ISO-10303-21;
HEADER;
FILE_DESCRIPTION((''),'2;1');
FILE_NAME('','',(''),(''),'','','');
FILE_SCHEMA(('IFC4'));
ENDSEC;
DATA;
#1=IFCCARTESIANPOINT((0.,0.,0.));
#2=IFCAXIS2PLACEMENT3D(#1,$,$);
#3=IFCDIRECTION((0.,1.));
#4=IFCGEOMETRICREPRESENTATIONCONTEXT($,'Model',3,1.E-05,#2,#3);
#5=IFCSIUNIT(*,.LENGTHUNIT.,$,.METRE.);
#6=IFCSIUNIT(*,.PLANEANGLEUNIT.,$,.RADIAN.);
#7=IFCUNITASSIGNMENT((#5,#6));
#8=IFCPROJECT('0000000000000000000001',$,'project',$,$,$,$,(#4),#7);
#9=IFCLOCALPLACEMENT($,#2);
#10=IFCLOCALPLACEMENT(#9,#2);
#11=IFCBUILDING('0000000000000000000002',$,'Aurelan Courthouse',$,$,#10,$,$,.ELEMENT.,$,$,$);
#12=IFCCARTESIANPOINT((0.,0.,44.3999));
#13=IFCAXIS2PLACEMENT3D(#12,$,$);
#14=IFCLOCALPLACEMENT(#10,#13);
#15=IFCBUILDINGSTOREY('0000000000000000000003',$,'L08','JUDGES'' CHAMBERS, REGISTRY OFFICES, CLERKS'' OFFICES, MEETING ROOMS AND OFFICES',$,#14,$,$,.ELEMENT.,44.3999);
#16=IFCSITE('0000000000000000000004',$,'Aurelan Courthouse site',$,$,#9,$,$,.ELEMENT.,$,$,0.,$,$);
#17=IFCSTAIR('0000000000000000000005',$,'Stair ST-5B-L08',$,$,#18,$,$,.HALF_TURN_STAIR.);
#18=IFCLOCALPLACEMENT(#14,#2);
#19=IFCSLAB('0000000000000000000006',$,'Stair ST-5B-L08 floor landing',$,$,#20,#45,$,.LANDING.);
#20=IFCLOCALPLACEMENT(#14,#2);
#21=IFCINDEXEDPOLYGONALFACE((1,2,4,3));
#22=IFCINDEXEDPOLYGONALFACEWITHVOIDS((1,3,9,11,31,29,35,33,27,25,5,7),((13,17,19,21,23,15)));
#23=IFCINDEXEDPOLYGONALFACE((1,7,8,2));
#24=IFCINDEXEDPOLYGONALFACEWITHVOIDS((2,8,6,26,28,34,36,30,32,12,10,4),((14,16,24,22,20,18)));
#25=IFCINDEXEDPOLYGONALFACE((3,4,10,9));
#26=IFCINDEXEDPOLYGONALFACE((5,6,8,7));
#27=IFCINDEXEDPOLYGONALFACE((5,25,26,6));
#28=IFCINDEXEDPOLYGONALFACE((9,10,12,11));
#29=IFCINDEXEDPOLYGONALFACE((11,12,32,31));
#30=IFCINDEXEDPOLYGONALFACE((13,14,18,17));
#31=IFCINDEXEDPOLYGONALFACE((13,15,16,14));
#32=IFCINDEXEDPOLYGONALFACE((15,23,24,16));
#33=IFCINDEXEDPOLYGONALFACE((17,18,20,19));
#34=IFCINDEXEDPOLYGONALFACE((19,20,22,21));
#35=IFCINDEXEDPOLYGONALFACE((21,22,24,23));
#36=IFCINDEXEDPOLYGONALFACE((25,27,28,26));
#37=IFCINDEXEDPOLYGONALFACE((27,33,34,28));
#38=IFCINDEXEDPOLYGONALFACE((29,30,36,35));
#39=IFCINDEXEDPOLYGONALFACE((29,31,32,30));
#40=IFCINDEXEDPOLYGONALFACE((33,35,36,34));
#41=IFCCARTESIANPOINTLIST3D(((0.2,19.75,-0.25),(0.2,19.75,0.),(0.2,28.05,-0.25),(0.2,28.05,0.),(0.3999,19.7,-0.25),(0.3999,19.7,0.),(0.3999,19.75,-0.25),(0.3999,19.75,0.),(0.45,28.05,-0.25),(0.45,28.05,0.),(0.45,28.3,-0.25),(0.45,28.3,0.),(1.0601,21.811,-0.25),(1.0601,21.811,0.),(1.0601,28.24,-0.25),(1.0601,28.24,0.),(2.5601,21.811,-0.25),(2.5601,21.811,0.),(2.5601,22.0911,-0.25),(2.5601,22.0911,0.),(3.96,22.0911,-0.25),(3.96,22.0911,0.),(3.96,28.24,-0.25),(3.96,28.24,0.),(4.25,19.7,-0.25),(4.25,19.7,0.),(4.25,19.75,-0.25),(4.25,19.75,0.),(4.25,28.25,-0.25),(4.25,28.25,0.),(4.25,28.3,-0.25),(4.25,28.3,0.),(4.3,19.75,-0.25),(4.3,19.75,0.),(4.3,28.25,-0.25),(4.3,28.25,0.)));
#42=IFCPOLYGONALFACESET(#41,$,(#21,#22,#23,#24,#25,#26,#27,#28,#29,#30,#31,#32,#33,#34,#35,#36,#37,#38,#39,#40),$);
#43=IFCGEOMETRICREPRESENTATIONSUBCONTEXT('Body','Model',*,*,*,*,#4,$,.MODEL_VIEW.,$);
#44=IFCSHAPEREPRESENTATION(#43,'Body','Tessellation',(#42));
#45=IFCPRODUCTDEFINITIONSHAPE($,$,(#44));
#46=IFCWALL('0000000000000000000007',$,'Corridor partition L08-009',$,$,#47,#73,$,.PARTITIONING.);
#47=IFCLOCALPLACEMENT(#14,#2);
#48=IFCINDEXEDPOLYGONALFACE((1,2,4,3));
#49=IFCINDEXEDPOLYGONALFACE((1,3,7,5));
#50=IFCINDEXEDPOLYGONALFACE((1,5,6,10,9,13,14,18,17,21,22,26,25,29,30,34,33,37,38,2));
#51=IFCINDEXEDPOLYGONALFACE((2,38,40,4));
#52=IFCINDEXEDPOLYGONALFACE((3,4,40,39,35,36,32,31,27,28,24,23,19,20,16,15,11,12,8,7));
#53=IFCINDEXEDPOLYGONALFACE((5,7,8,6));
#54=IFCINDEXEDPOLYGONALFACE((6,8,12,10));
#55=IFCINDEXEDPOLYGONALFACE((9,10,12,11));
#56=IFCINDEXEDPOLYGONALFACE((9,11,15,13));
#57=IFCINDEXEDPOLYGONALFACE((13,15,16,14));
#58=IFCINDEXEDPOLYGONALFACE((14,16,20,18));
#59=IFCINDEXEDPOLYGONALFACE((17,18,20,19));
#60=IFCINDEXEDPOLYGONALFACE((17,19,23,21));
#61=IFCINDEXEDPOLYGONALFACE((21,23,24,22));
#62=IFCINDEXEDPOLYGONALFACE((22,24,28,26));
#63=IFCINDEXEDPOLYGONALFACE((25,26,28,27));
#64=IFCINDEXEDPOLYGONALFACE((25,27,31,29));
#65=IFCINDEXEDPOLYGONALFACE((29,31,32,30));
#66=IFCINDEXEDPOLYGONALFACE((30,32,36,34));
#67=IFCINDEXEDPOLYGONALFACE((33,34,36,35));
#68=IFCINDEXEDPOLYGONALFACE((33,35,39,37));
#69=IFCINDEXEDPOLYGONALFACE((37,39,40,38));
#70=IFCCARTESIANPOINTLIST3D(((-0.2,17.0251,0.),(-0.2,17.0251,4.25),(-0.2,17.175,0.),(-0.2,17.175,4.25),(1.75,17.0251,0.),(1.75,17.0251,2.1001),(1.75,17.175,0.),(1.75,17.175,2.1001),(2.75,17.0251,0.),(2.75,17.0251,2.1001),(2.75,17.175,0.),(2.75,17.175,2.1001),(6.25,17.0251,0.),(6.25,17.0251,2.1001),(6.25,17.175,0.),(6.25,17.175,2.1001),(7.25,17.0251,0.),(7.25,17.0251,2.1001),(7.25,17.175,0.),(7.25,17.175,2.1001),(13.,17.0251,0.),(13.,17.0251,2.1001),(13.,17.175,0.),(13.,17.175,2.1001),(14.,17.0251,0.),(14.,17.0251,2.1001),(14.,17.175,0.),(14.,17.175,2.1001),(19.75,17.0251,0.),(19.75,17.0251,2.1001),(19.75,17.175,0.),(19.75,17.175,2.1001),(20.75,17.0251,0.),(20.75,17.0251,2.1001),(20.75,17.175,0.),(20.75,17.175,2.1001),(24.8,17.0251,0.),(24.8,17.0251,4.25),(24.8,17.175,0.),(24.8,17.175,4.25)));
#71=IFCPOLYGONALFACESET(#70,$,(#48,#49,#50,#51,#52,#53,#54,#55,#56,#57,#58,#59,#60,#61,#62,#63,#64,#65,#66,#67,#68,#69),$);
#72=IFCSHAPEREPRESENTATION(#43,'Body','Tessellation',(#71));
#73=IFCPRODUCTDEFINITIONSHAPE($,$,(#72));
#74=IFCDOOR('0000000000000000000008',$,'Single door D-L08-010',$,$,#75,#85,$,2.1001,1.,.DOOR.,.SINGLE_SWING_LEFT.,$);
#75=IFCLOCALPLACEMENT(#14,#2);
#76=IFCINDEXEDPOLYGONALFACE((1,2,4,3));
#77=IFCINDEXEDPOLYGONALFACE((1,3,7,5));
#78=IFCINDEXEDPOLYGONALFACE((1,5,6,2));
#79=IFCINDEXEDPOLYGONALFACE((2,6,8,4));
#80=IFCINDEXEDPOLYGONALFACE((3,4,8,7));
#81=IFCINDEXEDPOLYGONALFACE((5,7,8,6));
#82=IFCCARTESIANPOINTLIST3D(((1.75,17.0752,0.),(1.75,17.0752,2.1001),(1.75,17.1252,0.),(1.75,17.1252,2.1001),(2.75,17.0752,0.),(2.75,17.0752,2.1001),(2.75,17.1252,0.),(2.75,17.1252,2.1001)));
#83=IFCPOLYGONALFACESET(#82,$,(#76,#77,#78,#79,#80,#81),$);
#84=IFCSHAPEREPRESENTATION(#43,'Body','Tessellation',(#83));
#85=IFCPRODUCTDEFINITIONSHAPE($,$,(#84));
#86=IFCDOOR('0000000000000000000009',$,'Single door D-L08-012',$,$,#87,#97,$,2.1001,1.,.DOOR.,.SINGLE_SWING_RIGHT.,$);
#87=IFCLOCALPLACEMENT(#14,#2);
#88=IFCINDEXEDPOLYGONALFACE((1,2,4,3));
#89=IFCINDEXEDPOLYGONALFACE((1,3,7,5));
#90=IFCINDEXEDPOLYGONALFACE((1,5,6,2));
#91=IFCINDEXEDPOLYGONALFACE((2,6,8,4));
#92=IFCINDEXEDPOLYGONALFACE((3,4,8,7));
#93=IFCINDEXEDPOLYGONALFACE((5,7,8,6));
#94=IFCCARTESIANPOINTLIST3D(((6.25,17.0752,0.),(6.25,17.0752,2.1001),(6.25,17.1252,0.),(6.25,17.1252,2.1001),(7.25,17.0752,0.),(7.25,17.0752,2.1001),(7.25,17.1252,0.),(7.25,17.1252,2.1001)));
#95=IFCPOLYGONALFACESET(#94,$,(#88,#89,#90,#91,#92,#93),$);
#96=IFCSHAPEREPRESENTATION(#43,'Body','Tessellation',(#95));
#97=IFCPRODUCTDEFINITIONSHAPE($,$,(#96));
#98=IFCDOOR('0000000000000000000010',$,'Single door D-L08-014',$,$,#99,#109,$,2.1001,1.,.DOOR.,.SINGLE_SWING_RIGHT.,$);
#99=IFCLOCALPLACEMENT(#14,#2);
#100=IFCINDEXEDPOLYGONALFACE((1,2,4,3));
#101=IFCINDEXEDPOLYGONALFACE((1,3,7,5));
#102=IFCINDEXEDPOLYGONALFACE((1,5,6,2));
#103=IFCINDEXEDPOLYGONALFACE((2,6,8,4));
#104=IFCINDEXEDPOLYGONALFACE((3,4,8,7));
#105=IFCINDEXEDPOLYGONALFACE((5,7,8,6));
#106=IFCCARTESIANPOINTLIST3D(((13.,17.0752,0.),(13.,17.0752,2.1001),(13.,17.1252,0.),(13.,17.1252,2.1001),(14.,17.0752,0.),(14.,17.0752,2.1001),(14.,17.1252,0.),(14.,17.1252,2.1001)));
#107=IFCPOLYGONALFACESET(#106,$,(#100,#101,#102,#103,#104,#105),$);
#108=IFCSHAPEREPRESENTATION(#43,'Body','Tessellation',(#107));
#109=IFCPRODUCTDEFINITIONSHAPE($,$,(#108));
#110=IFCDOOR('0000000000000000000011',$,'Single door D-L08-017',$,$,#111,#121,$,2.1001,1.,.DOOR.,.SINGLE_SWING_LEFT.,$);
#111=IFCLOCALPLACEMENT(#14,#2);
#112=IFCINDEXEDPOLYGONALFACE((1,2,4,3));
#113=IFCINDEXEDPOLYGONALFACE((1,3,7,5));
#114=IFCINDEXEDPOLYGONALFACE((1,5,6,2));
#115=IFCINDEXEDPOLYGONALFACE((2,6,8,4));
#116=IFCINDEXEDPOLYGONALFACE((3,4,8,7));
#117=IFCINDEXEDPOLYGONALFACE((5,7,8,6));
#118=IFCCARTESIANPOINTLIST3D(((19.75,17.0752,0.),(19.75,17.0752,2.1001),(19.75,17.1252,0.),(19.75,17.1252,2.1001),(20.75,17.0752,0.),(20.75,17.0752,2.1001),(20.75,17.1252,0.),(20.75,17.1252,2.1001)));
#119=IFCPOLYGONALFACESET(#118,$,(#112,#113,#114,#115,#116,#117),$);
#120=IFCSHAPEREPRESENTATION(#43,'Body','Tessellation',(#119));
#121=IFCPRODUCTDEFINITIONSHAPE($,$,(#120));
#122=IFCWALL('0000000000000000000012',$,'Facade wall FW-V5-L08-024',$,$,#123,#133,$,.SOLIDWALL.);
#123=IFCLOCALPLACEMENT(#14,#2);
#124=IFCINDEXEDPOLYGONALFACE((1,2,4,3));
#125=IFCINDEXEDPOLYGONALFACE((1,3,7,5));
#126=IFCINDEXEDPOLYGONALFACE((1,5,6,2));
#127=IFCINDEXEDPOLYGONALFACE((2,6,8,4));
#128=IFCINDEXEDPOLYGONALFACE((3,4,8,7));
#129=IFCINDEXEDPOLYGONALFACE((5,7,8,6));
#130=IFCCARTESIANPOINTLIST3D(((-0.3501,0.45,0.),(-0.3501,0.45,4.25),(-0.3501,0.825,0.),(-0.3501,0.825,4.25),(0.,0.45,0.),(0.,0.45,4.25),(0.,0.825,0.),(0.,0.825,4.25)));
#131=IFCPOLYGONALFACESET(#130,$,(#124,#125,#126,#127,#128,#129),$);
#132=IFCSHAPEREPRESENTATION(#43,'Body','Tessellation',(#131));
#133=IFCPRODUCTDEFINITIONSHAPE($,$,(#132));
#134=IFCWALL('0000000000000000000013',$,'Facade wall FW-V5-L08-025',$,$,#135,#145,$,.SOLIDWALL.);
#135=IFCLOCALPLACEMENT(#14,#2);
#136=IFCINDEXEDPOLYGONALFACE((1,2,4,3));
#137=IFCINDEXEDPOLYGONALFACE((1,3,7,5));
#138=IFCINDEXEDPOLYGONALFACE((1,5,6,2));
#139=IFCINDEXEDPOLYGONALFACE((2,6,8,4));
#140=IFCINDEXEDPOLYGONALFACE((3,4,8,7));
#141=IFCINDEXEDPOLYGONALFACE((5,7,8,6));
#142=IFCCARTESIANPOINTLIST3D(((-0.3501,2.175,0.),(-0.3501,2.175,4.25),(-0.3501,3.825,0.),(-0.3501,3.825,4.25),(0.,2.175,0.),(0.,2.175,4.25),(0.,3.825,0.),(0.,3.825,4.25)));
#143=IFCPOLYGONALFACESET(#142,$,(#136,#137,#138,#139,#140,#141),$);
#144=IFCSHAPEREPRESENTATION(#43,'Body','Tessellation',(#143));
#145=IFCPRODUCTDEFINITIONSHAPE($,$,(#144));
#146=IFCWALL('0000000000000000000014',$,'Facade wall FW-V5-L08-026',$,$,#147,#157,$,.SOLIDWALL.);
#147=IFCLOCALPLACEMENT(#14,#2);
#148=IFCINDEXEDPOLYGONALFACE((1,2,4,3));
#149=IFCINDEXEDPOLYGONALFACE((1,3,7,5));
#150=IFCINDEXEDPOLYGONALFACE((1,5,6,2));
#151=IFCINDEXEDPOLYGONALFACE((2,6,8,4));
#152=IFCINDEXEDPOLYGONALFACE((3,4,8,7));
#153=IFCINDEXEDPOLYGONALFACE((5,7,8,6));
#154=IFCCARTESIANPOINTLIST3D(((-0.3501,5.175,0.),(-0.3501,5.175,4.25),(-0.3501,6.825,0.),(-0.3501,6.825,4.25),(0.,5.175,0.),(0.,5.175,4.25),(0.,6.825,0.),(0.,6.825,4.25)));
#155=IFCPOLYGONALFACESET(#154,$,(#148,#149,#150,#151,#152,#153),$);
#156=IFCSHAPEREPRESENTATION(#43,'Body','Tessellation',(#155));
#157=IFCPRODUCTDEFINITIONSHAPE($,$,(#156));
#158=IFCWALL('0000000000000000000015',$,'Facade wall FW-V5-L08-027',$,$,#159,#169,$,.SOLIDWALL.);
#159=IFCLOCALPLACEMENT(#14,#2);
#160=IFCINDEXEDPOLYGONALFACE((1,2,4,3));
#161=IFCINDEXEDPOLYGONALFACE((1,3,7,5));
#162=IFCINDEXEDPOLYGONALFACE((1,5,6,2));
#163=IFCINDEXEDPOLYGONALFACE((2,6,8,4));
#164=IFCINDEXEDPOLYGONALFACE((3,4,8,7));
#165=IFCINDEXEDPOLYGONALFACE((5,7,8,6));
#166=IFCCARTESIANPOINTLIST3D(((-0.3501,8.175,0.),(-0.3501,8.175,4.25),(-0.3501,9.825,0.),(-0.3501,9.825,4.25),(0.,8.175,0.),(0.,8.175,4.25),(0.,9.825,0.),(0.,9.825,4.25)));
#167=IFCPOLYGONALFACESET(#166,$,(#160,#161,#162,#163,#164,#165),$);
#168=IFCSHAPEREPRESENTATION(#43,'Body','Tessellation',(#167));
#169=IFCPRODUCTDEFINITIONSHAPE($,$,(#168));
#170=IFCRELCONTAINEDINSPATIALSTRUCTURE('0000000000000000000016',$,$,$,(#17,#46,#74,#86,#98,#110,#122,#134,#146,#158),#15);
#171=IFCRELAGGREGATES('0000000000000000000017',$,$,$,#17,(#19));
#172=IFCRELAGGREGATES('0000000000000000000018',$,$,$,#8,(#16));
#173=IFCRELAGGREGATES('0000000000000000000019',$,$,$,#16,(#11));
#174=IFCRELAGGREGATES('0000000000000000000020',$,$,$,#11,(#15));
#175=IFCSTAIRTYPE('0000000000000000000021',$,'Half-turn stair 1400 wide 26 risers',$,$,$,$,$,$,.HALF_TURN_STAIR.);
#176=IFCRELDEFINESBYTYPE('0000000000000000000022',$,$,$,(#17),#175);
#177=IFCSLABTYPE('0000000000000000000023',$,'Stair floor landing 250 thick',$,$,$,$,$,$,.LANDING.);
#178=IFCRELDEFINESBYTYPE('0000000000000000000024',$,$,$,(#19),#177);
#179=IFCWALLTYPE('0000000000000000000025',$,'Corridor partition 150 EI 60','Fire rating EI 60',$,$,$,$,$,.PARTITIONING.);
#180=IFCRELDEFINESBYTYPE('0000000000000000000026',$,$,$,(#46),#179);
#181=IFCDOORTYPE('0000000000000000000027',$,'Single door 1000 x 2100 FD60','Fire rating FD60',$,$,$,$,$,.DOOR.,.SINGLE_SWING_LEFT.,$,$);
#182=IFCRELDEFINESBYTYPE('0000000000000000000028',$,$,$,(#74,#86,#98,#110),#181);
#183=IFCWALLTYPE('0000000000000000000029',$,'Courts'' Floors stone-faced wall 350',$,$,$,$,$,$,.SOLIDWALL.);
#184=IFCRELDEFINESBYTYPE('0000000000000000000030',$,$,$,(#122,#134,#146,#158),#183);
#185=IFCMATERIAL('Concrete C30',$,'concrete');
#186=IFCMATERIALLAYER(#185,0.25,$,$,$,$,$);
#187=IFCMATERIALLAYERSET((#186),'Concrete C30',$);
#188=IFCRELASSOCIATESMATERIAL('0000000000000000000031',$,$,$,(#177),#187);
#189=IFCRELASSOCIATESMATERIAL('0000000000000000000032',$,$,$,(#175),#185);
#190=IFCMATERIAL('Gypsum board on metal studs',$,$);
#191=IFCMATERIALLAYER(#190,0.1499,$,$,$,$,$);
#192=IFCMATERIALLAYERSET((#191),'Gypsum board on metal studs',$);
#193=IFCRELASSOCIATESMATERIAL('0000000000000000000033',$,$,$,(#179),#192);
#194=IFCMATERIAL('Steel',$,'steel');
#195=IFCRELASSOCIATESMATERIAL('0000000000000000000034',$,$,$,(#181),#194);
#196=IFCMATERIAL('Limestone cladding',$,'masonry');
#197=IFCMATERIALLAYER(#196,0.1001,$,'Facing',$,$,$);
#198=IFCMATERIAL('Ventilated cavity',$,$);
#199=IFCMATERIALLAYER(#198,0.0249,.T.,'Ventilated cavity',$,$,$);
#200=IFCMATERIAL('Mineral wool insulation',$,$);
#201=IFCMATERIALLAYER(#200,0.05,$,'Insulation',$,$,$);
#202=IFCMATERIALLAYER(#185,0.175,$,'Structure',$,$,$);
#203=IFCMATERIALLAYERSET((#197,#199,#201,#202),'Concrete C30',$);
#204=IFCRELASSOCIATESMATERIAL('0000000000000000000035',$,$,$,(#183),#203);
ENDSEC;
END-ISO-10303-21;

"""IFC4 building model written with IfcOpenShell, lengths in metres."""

from ifc_helpers import new_model, si_unit, direction, frame, frame_2d, origin, place, context, subcontext, project, spatial, polyline, rectangle, outline, extrude, material, layer, layer_set, type_object, element, fill, aggregate, save


model = new_model("IFC4")

# Units and contexts
model_context = context("Model", 3, precision=1e-05, world=origin(), true_north=direction((0.0, 1.0)))
body_context = subcontext(model_context, "Body", "Model", "MODEL_VIEW")
ifc_project = project(units=[si_unit("LENGTHUNIT", "METRE"), si_unit("PLANEANGLEUNIT", "RADIAN")], contexts=[model_context])

# Site, building, storey
site_placement = place(None, origin())
site = spatial("IfcSite", under=ifc_project, at=site_placement, Name="Aurelan Courthouse site", CompositionType="ELEMENT", RefElevation=0.0)
building_placement = place(site_placement, origin())
building = spatial("IfcBuilding", under=site, at=building_placement, Name="Aurelan Courthouse", CompositionType="ELEMENT")
storey_placement = place(building_placement, frame((0.0, 0.0, 44.3999)))
storey = spatial("IfcBuildingStorey", under=building, at=storey_placement, Name="L08", Description="JUDGES' CHAMBERS, REGISTRY OFFICES, CLERKS' OFFICES, MEETING ROOMS AND OFFICES", CompositionType="ELEMENT", Elevation=44.3999)

# Stair, slab
ifc_material_1 = material(Name="Concrete C30", Category="concrete")
ifc_layer_1 = layer(ifc_material_1, 0.25)
ifc_layer_set_1 = layer_set([ifc_layer_1], Name="Concrete C30")
slab_type_1 = type_object("IfcSlabType", Name="Stair floor landing 250 thick", PredefinedType="LANDING", material=ifc_layer_set_1)
stair_type_1 = type_object("IfcStairType", Name="Half-turn stair 1400 wide 26 risers", PredefinedType="HALF_TURN_STAIR", material=ifc_material_1)
stair_1_placement = place(storey_placement, origin())
stair_1 = element("IfcStair", 1, at=stair_1_placement, inside=storey, type_object=stair_type_1, Name="Stair ST-5B-L08", PredefinedType="HALF_TURN_STAIR")
slab_1_placement = place(storey_placement, frame((0.0, 0.0, -0.25)))
slab_1 = element("IfcSlab", 2, at=slab_1_placement, type_object=slab_type_1, Name="Stair ST-5B-L08 floor landing", PredefinedType="LANDING", context=body_context, shape_type="SweptSolid", body=[
    extrude(outline(polyline([(0.3999, 19.7), (0.3999, 19.75), (0.2, 19.75), (0.2, 28.05), (0.45, 28.05), (0.45, 28.3), (4.25, 28.3), (4.25, 28.25), (4.3, 28.25), (4.3, 19.75), (4.25, 19.75), (4.25, 19.7), (0.3999, 19.7)]), holes=[polyline([(2.5601, 22.0911), (3.96, 22.0911), (3.96, 28.24), (1.0601, 28.24), (1.0601, 21.811), (2.5601, 21.811), (2.5601, 22.0911)])]), origin(), (0.0, 0.0, 1.0), 0.25),
])
aggregate(stair_1, [slab_1])

# Wall, openings, doors
ifc_material_2 = material(Name="Gypsum board on metal studs")
ifc_layer_2 = layer(ifc_material_2, 0.1499)
ifc_layer_set_2 = layer_set([ifc_layer_2], Name="Gypsum board on metal studs")
wall_type_1 = type_object("IfcWallType", Name="Corridor partition 150 EI 60", Description="Fire rating EI 60", PredefinedType="PARTITIONING", material=ifc_layer_set_2)
wall_1_placement = place(storey_placement, frame((-0.2, 17.1001, 0.0), z_axis=(0.0, 0.0, 1.0), x_axis=(1.0, 0.0, 0.0)))
wall_1 = element("IfcWall", 3, at=wall_1_placement, inside=storey, type_object=wall_type_1, Name="Corridor partition L08-009", PredefinedType="PARTITIONING", context=body_context, shape_type="SweptSolid", body=[
    extrude(rectangle(XDim=25.0, YDim=0.1499, at=frame_2d((12.5, 0.0))), origin(), (0.0, 0.0, 1.0), 4.25),
])
opening_1_placement = place(wall_1_placement, frame((2.95, 0.0, 0.0), z_axis=(0.0, 0.0, 1.0), x_axis=(-1.0, 0.0, 0.0)))
opening_1 = element("IfcOpeningElement", 4, at=opening_1_placement, cuts=wall_1, PredefinedType="OPENING", context=body_context, shape_type="SweptSolid", body=[
    extrude(rectangle(XDim=1.0, YDim=2.1001, at=frame_2d((0.5, 1.05))), frame((0.0, 0.085, 0.0), z_axis=(0.0, -1.0, 0.0), x_axis=(1.0, 0.0, 0.0)), (0.0, 0.0, 1.0), 0.1699),
])
opening_2_placement = place(wall_1_placement, frame((7.45, 0.0, 0.0), z_axis=(0.0, 0.0, 1.0), x_axis=(-1.0, 0.0, 0.0)))
opening_2 = element("IfcOpeningElement", 5, at=opening_2_placement, cuts=wall_1, PredefinedType="OPENING", context=body_context, shape_type="SweptSolid", body=[
    extrude(rectangle(XDim=1.0, YDim=2.1001, at=frame_2d((0.5, 1.05))), frame((0.0, 0.085, 0.0), z_axis=(0.0, -1.0, 0.0), x_axis=(1.0, 0.0, 0.0)), (0.0, 0.0, 1.0), 0.1699),
])
opening_3_placement = place(wall_1_placement, frame((14.2, 0.0, 0.0), z_axis=(0.0, 0.0, 1.0), x_axis=(-1.0, 0.0, 0.0)))
opening_3 = element("IfcOpeningElement", 6, at=opening_3_placement, cuts=wall_1, PredefinedType="OPENING", context=body_context, shape_type="SweptSolid", body=[
    extrude(rectangle(XDim=1.0, YDim=2.1001, at=frame_2d((0.5, 1.05))), frame((0.0, 0.085, 0.0), z_axis=(0.0, -1.0, 0.0), x_axis=(1.0, 0.0, 0.0)), (0.0, 0.0, 1.0), 0.1699),
])
opening_4_placement = place(wall_1_placement, frame((20.95, 0.0, 0.0), z_axis=(0.0, 0.0, 1.0), x_axis=(-1.0, 0.0, 0.0)))
opening_4 = element("IfcOpeningElement", 7, at=opening_4_placement, cuts=wall_1, PredefinedType="OPENING", context=body_context, shape_type="SweptSolid", body=[
    extrude(rectangle(XDim=1.0, YDim=2.1001, at=frame_2d((0.5, 1.05))), frame((0.0, 0.085, 0.0), z_axis=(0.0, -1.0, 0.0), x_axis=(1.0, 0.0, 0.0)), (0.0, 0.0, 1.0), 0.1699),
])
ifc_material_3 = material(Name="Steel", Category="steel")
door_type_1 = type_object("IfcDoorType", Name="Single door 1000 x 2100 FD60", Description="Fire rating FD60", OperationType="SINGLE_SWING_LEFT", PredefinedType="DOOR", material=ifc_material_3)
door_1_placement = place(opening_1_placement, origin())
door_1 = element("IfcDoor", 8, at=door_1_placement, inside=storey, type_object=door_type_1, Name="Single door D-L08-010", OperationType="SINGLE_SWING_LEFT", OverallHeight=2.1001, OverallWidth=1.0, PredefinedType="DOOR", context=body_context, shape_type="SweptSolid", body=[
    extrude(rectangle(XDim=1.0, YDim=2.1001, at=frame_2d((0.5, 1.05))), frame((0.0, 0.0249, 0.0), z_axis=(0.0, -1.0, 0.0), x_axis=(1.0, 0.0, 0.0)), (0.0, 0.0, 1.0), 0.05),
])
fill(opening_1, door_1)
door_2_placement = place(opening_2_placement, origin())
door_2 = element("IfcDoor", 9, at=door_2_placement, inside=storey, type_object=door_type_1, Name="Single door D-L08-012", OperationType="SINGLE_SWING_RIGHT", OverallHeight=2.1001, OverallWidth=1.0, PredefinedType="DOOR", context=body_context, shape_type="SweptSolid", body=[
    extrude(rectangle(XDim=1.0, YDim=2.1001, at=frame_2d((0.5, 1.05))), frame((0.0, 0.0249, 0.0), z_axis=(0.0, -1.0, 0.0), x_axis=(1.0, 0.0, 0.0)), (0.0, 0.0, 1.0), 0.05),
])
fill(opening_2, door_2)
door_3_placement = place(opening_3_placement, origin())
door_3 = element("IfcDoor", 10, at=door_3_placement, inside=storey, type_object=door_type_1, Name="Single door D-L08-014", OperationType="SINGLE_SWING_RIGHT", OverallHeight=2.1001, OverallWidth=1.0, PredefinedType="DOOR", context=body_context, shape_type="SweptSolid", body=[
    extrude(rectangle(XDim=1.0, YDim=2.1001, at=frame_2d((0.5, 1.05))), frame((0.0, 0.0249, 0.0), z_axis=(0.0, -1.0, 0.0), x_axis=(1.0, 0.0, 0.0)), (0.0, 0.0, 1.0), 0.05),
])
fill(opening_3, door_3)
door_4_placement = place(opening_4_placement, origin())
door_4 = element("IfcDoor", 11, at=door_4_placement, inside=storey, type_object=door_type_1, Name="Single door D-L08-017", OperationType="SINGLE_SWING_LEFT", OverallHeight=2.1001, OverallWidth=1.0, PredefinedType="DOOR", context=body_context, shape_type="SweptSolid", body=[
    extrude(rectangle(XDim=1.0, YDim=2.1001, at=frame_2d((0.5, 1.05))), frame((0.0, 0.0249, 0.0), z_axis=(0.0, -1.0, 0.0), x_axis=(1.0, 0.0, 0.0)), (0.0, 0.0, 1.0), 0.05),
])
fill(opening_4, door_4)

# Walls
ifc_material_4 = material(Name="Limestone cladding", Category="masonry")
ifc_layer_3 = layer(ifc_material_4, 0.1001, Name="Facing")
ifc_material_5 = material(Name="Ventilated cavity")
ifc_layer_4 = layer(ifc_material_5, 0.0249, ventilated=True, Name="Ventilated cavity")
ifc_material_6 = material(Name="Mineral wool insulation")
ifc_layer_5 = layer(ifc_material_6, 0.05, Name="Insulation")
ifc_layer_6 = layer(ifc_material_1, 0.175, Name="Structure")
ifc_layer_set_3 = layer_set([ifc_layer_3, ifc_layer_4, ifc_layer_5, ifc_layer_6], Name="Concrete C30")
wall_type_2 = type_object("IfcWallType", Name="Courts' Floors stone-faced wall 350", PredefinedType="SOLIDWALL", material=ifc_layer_set_3)
wall_2_placement = place(storey_placement, frame((-0.175, 0.45, 0.0), z_axis=(0.0, 0.0, 1.0), x_axis=(0.0, 1.0, 0.0)))
element("IfcWall", 12, at=wall_2_placement, inside=storey, type_object=wall_type_2, Name="Facade wall FW-V5-L08-024", PredefinedType="SOLIDWALL", context=body_context, shape_type="SweptSolid", body=[
    extrude(rectangle(XDim=0.375, YDim=0.3501, at=frame_2d((0.1875, 0.0))), origin(), (0.0, 0.0, 1.0), 4.25),
])
for number, where, z_axis, x_axis, name in (
    (13, (-0.175, 2.175, 0.0), (0.0, 0.0, 1.0), (0.0, 1.0, 0.0), "Facade wall FW-V5-L08-025"),
    (14, (-0.175, 5.175, 0.0), (0.0, 0.0, 1.0), (0.0, 1.0, 0.0), "Facade wall FW-V5-L08-026"),
    (15, (-0.175, 8.175, 0.0), (0.0, 0.0, 1.0), (0.0, 1.0, 0.0), "Facade wall FW-V5-L08-027"),
):
    element("IfcWall", number, at=place(storey_placement, frame(where, z_axis=z_axis, x_axis=x_axis)), inside=storey, type_object=wall_type_2, Name=name, PredefinedType="SOLIDWALL", context=body_context, shape_type="SweptSolid", body=[
        extrude(rectangle(XDim=1.6499, YDim=0.3501, at=frame_2d((0.825, 0.0))), origin(), (0.0, 0.0, 1.0), 4.25),
    ])

save(model, "model.ifc")
